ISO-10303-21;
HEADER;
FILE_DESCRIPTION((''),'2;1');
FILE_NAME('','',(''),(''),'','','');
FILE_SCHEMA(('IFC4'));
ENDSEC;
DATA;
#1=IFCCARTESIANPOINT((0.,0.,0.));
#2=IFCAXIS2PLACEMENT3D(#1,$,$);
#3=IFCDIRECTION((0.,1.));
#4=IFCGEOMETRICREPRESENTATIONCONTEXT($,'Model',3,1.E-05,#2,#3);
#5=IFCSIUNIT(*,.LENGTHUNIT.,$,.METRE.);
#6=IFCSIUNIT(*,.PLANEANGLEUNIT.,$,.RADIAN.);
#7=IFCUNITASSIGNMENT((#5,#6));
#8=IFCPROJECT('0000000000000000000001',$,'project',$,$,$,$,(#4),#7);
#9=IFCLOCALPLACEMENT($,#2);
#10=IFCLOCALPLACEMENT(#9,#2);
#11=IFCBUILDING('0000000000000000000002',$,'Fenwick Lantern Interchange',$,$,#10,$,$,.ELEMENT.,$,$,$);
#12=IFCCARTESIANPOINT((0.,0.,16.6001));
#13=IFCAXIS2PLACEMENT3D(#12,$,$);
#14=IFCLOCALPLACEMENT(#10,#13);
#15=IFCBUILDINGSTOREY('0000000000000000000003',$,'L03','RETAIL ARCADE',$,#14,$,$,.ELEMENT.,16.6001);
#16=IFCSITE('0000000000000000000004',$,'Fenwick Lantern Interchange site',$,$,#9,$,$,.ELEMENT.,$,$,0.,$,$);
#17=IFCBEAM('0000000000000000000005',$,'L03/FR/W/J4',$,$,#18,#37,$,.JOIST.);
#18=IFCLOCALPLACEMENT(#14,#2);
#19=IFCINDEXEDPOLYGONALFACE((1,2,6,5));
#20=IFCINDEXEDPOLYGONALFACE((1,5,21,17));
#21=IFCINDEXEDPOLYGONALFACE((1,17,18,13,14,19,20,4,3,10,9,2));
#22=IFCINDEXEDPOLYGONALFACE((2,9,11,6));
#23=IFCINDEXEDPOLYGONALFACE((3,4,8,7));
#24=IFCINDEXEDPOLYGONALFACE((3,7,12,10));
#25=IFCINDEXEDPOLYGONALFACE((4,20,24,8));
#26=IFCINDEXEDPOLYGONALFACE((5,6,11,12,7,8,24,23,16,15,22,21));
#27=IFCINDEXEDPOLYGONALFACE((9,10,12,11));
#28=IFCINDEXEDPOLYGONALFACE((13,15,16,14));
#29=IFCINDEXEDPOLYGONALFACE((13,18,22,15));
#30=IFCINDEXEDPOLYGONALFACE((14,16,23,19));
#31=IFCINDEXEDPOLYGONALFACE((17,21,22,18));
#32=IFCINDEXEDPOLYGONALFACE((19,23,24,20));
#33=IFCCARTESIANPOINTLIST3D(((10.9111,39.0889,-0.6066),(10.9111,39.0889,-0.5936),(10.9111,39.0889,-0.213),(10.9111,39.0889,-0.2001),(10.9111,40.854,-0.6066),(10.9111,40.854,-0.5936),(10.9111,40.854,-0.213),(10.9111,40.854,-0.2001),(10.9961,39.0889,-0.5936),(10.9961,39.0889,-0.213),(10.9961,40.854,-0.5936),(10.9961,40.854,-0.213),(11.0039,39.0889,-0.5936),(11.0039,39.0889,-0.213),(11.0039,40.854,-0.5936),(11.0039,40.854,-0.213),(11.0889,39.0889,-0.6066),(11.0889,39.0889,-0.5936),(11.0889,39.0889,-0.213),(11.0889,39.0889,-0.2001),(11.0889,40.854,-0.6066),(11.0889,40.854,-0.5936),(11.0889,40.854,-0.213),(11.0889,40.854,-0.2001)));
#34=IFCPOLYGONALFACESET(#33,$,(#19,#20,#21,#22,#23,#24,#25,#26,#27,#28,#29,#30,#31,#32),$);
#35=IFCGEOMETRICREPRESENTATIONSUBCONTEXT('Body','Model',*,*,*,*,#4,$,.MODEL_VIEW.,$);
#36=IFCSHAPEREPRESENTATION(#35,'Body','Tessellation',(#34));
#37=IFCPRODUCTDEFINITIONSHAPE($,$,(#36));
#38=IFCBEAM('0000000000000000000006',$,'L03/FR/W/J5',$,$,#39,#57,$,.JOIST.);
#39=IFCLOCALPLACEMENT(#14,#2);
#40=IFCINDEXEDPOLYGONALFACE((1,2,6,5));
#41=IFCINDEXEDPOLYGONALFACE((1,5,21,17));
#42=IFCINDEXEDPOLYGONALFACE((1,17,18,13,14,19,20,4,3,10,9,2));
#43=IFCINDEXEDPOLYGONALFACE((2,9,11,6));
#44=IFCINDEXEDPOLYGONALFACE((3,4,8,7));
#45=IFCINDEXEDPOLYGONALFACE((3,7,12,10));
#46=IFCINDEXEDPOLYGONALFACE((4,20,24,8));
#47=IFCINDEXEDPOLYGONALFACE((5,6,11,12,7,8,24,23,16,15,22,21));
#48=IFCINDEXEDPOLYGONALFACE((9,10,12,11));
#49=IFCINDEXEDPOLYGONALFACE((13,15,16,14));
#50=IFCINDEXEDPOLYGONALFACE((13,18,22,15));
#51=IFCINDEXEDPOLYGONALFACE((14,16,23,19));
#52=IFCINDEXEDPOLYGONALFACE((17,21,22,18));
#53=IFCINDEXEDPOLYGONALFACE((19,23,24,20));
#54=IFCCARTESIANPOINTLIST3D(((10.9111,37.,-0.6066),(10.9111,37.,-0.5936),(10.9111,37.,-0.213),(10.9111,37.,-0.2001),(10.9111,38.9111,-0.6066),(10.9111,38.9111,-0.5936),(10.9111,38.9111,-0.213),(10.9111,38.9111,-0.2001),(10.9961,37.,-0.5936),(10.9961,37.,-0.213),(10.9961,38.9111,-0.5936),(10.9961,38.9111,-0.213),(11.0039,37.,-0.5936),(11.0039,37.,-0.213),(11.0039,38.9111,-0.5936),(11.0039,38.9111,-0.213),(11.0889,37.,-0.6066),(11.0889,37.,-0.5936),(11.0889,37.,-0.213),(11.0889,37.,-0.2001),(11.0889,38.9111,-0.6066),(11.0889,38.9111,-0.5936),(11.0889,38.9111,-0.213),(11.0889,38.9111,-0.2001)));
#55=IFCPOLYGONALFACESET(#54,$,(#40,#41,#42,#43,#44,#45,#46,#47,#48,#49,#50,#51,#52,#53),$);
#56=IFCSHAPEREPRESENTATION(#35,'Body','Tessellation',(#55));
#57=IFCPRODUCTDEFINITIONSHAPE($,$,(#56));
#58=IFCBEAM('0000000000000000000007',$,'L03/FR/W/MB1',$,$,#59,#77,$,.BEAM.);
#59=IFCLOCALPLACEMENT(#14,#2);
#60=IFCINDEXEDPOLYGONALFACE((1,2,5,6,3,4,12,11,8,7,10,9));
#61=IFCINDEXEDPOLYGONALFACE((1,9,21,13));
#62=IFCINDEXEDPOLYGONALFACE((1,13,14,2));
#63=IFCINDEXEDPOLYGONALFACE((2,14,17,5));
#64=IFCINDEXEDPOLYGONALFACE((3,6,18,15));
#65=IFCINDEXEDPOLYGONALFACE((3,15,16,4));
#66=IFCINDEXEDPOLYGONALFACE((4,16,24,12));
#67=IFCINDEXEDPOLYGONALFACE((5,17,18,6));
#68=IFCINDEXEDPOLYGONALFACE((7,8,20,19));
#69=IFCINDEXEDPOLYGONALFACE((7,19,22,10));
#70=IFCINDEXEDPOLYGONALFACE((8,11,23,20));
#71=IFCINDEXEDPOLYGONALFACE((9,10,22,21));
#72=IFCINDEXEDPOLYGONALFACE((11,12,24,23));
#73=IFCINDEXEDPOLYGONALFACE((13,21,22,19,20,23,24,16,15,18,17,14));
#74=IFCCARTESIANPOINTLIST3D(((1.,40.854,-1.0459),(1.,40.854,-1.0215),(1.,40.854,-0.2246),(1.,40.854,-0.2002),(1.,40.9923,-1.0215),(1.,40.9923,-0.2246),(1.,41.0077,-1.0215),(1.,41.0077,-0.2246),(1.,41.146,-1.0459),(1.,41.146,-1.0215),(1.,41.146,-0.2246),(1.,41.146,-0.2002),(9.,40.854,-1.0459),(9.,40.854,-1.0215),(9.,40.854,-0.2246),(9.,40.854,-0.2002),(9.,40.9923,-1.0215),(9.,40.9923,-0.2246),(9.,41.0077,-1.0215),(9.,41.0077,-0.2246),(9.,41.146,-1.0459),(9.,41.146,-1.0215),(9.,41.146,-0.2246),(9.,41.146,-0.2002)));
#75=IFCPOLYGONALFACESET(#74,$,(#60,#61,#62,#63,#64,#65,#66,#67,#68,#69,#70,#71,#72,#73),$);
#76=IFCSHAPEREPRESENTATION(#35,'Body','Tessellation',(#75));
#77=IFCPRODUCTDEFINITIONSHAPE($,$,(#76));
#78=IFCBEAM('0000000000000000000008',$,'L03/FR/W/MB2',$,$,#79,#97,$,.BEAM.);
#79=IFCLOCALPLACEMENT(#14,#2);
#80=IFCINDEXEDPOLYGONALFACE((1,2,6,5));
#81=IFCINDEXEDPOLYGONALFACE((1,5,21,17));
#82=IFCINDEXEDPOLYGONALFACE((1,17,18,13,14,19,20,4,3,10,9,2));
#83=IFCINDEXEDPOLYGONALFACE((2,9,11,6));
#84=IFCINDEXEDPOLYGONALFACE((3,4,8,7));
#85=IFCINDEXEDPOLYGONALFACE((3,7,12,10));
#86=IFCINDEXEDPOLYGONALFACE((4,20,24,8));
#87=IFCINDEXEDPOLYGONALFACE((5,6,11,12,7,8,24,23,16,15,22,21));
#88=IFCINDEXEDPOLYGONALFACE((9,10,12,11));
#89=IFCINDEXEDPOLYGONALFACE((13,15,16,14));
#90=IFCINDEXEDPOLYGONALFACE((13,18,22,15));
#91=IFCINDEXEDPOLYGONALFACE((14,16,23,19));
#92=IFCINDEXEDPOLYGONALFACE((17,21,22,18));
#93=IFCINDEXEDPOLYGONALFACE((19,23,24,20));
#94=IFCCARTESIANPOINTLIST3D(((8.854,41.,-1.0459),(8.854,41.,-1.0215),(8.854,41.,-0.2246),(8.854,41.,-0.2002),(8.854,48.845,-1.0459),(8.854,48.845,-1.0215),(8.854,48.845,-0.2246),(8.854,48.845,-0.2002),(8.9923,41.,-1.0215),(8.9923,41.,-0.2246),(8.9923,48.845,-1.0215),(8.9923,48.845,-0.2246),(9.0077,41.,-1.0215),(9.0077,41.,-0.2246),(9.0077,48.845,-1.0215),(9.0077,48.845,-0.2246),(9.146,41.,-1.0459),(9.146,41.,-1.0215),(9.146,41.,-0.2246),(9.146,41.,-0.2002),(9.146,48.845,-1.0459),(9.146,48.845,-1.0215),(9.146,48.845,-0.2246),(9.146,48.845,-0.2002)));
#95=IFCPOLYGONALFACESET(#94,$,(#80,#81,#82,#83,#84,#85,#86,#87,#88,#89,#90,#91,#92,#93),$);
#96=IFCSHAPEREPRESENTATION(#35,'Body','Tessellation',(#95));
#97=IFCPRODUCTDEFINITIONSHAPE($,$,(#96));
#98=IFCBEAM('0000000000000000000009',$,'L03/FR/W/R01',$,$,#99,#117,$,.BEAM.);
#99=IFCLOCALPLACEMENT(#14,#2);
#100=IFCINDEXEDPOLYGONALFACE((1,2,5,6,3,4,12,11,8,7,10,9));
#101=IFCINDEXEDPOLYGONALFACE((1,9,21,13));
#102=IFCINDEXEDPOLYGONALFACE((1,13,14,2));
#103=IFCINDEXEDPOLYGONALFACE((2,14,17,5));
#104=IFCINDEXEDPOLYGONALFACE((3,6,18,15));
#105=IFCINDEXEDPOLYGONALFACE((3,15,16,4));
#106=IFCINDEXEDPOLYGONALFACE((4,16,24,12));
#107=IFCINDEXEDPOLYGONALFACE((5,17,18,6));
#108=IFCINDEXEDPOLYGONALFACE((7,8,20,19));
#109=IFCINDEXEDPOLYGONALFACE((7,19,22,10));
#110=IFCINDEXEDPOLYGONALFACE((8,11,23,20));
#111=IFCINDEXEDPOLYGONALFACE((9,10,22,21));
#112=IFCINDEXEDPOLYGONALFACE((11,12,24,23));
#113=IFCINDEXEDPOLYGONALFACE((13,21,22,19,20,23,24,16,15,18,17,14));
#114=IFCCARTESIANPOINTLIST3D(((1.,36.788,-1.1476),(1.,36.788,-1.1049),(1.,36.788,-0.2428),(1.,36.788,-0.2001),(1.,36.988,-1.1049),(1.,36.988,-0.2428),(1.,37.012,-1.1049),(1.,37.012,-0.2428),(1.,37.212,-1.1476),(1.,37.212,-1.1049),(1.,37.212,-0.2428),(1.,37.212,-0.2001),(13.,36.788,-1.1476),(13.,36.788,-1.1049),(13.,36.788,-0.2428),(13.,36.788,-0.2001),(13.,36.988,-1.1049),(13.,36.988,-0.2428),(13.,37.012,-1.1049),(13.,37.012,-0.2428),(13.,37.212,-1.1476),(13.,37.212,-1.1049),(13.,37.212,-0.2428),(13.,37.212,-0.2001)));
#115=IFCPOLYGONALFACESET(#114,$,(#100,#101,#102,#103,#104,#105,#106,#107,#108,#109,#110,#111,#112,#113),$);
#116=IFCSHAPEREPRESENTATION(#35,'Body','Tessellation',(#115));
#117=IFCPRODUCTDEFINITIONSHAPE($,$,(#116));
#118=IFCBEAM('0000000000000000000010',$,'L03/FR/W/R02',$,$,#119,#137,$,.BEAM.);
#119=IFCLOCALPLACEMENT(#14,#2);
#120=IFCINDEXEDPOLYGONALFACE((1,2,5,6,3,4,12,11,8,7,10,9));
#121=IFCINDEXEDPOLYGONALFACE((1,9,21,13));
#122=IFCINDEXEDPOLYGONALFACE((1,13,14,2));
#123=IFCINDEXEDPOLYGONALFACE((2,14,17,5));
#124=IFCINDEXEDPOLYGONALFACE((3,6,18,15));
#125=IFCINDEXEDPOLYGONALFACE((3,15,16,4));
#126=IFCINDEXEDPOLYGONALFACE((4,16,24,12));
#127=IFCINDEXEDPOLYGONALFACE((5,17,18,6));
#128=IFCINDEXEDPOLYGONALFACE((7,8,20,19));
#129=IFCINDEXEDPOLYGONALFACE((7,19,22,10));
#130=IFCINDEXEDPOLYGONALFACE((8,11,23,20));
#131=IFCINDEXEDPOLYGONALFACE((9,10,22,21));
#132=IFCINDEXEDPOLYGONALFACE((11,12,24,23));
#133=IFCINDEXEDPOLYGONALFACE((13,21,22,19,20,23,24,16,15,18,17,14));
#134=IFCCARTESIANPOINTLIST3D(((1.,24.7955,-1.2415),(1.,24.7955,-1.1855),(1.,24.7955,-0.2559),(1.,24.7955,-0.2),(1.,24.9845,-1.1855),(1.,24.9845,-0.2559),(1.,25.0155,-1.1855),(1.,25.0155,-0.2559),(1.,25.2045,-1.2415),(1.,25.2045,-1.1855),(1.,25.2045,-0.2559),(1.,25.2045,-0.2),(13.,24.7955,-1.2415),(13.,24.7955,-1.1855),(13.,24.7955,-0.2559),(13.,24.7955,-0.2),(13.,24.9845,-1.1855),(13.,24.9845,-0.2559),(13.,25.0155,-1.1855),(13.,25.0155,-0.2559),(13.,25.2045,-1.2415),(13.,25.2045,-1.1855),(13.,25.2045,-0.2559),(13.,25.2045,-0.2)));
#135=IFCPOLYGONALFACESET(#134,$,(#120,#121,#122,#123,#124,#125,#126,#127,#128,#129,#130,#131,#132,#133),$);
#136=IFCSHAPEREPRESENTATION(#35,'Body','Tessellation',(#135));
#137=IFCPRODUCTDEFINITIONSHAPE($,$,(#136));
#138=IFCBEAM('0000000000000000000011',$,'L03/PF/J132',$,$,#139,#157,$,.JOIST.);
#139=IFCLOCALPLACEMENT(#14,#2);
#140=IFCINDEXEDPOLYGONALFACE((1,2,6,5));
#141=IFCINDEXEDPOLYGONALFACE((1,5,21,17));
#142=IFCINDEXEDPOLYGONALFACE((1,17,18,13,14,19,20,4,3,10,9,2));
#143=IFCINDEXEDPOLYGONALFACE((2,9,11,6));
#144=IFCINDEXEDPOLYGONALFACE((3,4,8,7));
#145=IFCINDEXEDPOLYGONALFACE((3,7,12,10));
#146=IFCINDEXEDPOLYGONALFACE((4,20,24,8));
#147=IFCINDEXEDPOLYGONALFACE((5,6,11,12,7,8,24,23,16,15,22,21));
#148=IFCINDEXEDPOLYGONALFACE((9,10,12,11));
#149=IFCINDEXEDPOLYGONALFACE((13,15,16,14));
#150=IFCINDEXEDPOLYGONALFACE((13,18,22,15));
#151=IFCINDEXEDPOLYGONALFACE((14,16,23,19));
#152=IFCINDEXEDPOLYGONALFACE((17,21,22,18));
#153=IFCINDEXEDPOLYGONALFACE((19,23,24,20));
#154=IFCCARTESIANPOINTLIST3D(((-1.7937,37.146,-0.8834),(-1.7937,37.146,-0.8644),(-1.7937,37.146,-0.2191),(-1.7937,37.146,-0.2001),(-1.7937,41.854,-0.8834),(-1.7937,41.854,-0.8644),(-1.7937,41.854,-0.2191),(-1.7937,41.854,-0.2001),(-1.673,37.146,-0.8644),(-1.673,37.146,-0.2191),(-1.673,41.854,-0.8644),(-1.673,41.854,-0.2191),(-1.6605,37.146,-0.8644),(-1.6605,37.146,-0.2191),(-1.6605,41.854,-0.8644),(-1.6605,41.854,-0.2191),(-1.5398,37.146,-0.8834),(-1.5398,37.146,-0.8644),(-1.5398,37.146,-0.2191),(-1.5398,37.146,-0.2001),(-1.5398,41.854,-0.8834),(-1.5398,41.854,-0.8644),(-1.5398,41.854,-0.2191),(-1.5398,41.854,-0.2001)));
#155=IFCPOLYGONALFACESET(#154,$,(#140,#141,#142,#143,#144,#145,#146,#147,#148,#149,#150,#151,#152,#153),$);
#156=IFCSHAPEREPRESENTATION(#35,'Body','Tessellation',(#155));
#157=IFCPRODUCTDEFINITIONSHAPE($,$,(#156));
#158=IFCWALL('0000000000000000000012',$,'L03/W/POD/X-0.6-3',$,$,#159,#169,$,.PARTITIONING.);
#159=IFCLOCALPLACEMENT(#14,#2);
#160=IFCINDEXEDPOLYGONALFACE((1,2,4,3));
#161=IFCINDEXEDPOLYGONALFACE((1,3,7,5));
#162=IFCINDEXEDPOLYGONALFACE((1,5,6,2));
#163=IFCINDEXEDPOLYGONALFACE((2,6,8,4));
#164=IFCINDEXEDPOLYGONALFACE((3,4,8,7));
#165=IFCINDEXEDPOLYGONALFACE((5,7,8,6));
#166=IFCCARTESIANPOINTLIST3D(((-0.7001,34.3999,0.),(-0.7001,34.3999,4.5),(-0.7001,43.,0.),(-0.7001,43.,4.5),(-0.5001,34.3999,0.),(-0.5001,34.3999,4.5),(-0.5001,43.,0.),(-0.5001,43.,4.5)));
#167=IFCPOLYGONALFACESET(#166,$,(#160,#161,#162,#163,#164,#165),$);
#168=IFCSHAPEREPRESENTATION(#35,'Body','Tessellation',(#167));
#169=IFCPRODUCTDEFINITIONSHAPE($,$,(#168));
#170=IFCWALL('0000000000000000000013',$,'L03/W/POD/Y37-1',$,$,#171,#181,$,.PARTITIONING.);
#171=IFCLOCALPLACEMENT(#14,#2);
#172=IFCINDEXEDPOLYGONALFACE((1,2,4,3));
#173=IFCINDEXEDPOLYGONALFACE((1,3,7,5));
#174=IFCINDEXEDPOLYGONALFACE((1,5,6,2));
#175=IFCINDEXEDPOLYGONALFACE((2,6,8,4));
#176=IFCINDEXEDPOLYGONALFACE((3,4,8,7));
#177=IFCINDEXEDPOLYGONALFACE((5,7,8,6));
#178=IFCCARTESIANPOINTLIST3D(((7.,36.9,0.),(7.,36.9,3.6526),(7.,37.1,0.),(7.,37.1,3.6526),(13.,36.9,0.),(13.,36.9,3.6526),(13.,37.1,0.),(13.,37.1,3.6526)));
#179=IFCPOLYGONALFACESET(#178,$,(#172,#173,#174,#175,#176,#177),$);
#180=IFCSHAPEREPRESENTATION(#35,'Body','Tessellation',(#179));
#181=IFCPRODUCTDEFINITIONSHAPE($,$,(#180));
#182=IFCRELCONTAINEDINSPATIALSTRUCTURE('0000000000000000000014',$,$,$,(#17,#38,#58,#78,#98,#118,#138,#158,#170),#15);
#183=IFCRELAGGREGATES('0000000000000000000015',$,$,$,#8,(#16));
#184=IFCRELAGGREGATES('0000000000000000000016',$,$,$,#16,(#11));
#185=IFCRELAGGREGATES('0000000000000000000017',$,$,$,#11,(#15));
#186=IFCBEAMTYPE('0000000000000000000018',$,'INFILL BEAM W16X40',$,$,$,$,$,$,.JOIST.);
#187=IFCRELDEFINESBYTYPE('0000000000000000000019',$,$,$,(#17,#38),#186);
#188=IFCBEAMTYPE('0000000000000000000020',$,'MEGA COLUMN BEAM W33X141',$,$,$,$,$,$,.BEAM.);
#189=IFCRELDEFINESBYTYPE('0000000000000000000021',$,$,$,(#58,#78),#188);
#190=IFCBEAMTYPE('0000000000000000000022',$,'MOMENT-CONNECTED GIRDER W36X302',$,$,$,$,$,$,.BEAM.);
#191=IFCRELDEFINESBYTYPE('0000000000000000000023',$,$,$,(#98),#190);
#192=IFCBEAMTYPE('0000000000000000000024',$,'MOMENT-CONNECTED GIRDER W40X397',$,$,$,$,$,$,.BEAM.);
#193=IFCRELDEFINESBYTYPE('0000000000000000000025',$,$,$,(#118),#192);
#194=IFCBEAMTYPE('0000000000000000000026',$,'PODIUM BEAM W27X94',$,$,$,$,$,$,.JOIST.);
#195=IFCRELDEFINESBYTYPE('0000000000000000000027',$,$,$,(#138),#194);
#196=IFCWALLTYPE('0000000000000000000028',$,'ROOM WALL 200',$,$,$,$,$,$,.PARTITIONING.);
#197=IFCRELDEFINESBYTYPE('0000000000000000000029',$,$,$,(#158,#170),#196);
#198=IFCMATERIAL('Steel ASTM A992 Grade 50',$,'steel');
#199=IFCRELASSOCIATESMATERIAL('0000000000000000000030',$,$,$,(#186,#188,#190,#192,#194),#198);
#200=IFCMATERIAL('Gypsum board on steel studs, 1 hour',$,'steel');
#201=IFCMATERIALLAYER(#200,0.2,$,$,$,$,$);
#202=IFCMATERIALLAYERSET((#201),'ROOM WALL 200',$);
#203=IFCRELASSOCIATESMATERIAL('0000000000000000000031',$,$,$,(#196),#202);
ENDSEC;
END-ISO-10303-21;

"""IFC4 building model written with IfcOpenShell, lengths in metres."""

from ifc_helpers import new_model, si_unit, direction, frame, frame_2d, origin, origin_2d, place, context, subcontext, project, spatial, rectangle, i_section, extrude, material, layer, layer_set, material_profile, profile_set, type_object, element, save


model = new_model("IFC4")

# Units and contexts
model_context = context("Model", 3, precision=1e-05, world=origin(), true_north=direction((0.0, 1.0)))
body_context = subcontext(model_context, "Body", "Model", "MODEL_VIEW")
ifc_project = project(units=[si_unit("LENGTHUNIT", "METRE"), si_unit("PLANEANGLEUNIT", "RADIAN")], contexts=[model_context])

# Site, building, storey
site_placement = place(None, origin())
site = spatial("IfcSite", under=ifc_project, at=site_placement, Name="Fenwick Lantern Interchange site", CompositionType="ELEMENT", RefElevation=0.0)
building_placement = place(site_placement, origin())
building = spatial("IfcBuilding", under=site, at=building_placement, Name="Fenwick Lantern Interchange", CompositionType="ELEMENT")
storey_placement = place(building_placement, frame((0.0, 0.0, 16.6001)))
storey = spatial("IfcBuildingStorey", under=building, at=storey_placement, Name="L03", Description="RETAIL ARCADE", CompositionType="ELEMENT", Elevation=16.6001)

# Beams
ifc_material_1 = material(Name="Steel ASTM A992 Grade 50", Category="steel")
ifc_material_profile_1 = material_profile(ifc_material_1, i_section(OverallWidth=0.1777, OverallDepth=0.4065, WebThickness=0.0078, FlangeThickness=0.0129, at=origin_2d()), Name="W16X40")
ifc_profile_set_1 = profile_set([ifc_material_profile_1], Name="Steel ASTM A992 Grade 50")
beam_type_1 = type_object("IfcBeamType", Name="INFILL BEAM W16X40", PredefinedType="JOIST", material=ifc_profile_set_1)
beam_1_placement = place(storey_placement, frame((11.0, 40.854, -0.4033), z_axis=(0.0, -1.0, 0.0), x_axis=(1.0, 0.0, 0.0)))
element("IfcBeam", 1, at=beam_1_placement, inside=storey, type_object=beam_type_1, Name="L03/FR/W/J4", PredefinedType="JOIST", context=body_context, shape_type="SweptSolid", body=[
    extrude(i_section(OverallWidth=0.1777, OverallDepth=0.4065, WebThickness=0.0078, FlangeThickness=0.0129, at=origin_2d()), origin(), (0.0, 0.0, 1.0), 1.7651),
])
beam_2_placement = place(storey_placement, frame((11.0, 38.9111, -0.4033), z_axis=(0.0, -1.0, 0.0), x_axis=(1.0, 0.0, 0.0)))
element("IfcBeam", 2, at=beam_2_placement, inside=storey, type_object=beam_type_1, Name="L03/FR/W/J5", PredefinedType="JOIST", context=body_context, shape_type="SweptSolid", body=[
    extrude(i_section(OverallWidth=0.1777, OverallDepth=0.4065, WebThickness=0.0078, FlangeThickness=0.0129, at=origin_2d()), origin(), (0.0, 0.0, 1.0), 1.9111),
])
ifc_material_profile_2 = material_profile(ifc_material_1, i_section(OverallWidth=0.292, OverallDepth=0.8457, WebThickness=0.0154, FlangeThickness=0.0244, at=origin_2d()), Name="W33X141")
ifc_profile_set_2 = profile_set([ifc_material_profile_2], Name="Steel ASTM A992 Grade 50")
beam_type_2 = type_object("IfcBeamType", Name="MEGA COLUMN BEAM W33X141", PredefinedType="BEAM", material=ifc_profile_set_2)
beam_3_placement = place(storey_placement, frame((9.0, 41.0, -0.623), z_axis=(-1.0, 0.0, 0.0), x_axis=(0.0, -1.0, 0.0)))
element("IfcBeam", 3, at=beam_3_placement, inside=storey, type_object=beam_type_2, Name="L03/FR/W/MB1", PredefinedType="BEAM", context=body_context, shape_type="SweptSolid", body=[
    extrude(i_section(OverallWidth=0.292, OverallDepth=0.8457, WebThickness=0.0154, FlangeThickness=0.0244, at=origin_2d()), origin(), (0.0, 0.0, 1.0), 8.0),
])
beam_4_placement = place(storey_placement, frame((9.0, 41.0, -0.623), z_axis=(0.0, 1.0, 0.0), x_axis=(-1.0, 0.0, 0.0)))
element("IfcBeam", 4, at=beam_4_placement, inside=storey, type_object=beam_type_2, Name="L03/FR/W/MB2", PredefinedType="BEAM", context=body_context, shape_type="SweptSolid", body=[
    extrude(i_section(OverallWidth=0.292, OverallDepth=0.8457, WebThickness=0.0154, FlangeThickness=0.0244, at=origin_2d()), origin(), (0.0, 0.0, 1.0), 7.845),
])
ifc_material_profile_3 = material_profile(ifc_material_1, i_section(OverallWidth=0.4241, OverallDepth=0.9475, WebThickness=0.0239, FlangeThickness=0.0427, at=origin_2d()), Name="W36X302")
ifc_profile_set_3 = profile_set([ifc_material_profile_3], Name="Steel ASTM A992 Grade 50")
beam_type_3 = type_object("IfcBeamType", Name="MOMENT-CONNECTED GIRDER W36X302", PredefinedType="BEAM", material=ifc_profile_set_3)
beam_5_placement = place(storey_placement, frame((1.0, 37.0, -0.6738), z_axis=(1.0, 0.0, 0.0), x_axis=(0.0, 1.0, 0.0)))
element("IfcBeam", 5, at=beam_5_placement, inside=storey, type_object=beam_type_3, Name="L03/FR/W/R01", PredefinedType="BEAM", context=body_context, shape_type="SweptSolid", body=[
    extrude(i_section(OverallWidth=0.4241, OverallDepth=0.9475, WebThickness=0.0239, FlangeThickness=0.0427, at=origin_2d()), origin(), (0.0, 0.0, 1.0), 12.0),
])
ifc_material_profile_4 = material_profile(ifc_material_1, i_section(OverallWidth=0.4089, OverallDepth=1.0415, WebThickness=0.031, FlangeThickness=0.0559, at=origin_2d()), Name="W40X397")
ifc_profile_set_4 = profile_set([ifc_material_profile_4], Name="Steel ASTM A992 Grade 50")
beam_type_4 = type_object("IfcBeamType", Name="MOMENT-CONNECTED GIRDER W40X397", PredefinedType="BEAM", material=ifc_profile_set_4)
beam_6_placement = place(storey_placement, frame((1.0, 25.0, -0.7207), z_axis=(1.0, 0.0, 0.0), x_axis=(0.0, 1.0, 0.0)))
element("IfcBeam", 6, at=beam_6_placement, inside=storey, type_object=beam_type_4, Name="L03/FR/W/R02", PredefinedType="BEAM", context=body_context, shape_type="SweptSolid", body=[
    extrude(i_section(OverallWidth=0.4089, OverallDepth=1.0415, WebThickness=0.031, FlangeThickness=0.0559, at=origin_2d()), origin(), (0.0, 0.0, 1.0), 12.0),
])
ifc_material_profile_5 = material_profile(ifc_material_1, i_section(OverallWidth=0.2539, OverallDepth=0.6833, WebThickness=0.0125, FlangeThickness=0.019, at=origin_2d()), Name="W27X94")
ifc_profile_set_5 = profile_set([ifc_material_profile_5], Name="Steel ASTM A992 Grade 50")
beam_type_5 = type_object("IfcBeamType", Name="PODIUM BEAM W27X94", PredefinedType="JOIST", material=ifc_profile_set_5)
beam_7_placement = place(storey_placement, frame((-1.6667, 37.146, -0.5417), z_axis=(0.0, 1.0, 0.0), x_axis=(-1.0, 0.0, 0.0)))
element("IfcBeam", 7, at=beam_7_placement, inside=storey, type_object=beam_type_5, Name="L03/PF/J132", PredefinedType="JOIST", context=body_context, shape_type="SweptSolid", body=[
    extrude(i_section(OverallWidth=0.2539, OverallDepth=0.6833, WebThickness=0.0125, FlangeThickness=0.019, at=origin_2d()), origin(), (0.0, 0.0, 1.0), 4.708),
])

# Walls
ifc_material_2 = material(Name="Gypsum board on steel studs, 1 hour", Category="steel")
ifc_layer = layer(ifc_material_2, 0.2)
ifc_layer_set = layer_set([ifc_layer], Name="ROOM WALL 200")
wall_type = type_object("IfcWallType", Name="ROOM WALL 200", PredefinedType="PARTITIONING", material=ifc_layer_set)
wall_1_placement = place(storey_placement, frame((-0.6001, 34.3999, 0.0), z_axis=(0.0, 0.0, 1.0), x_axis=(0.0, 1.0, 0.0)))
element("IfcWall", 8, at=wall_1_placement, inside=storey, type_object=wall_type, Name="L03/W/POD/X-0.6-3", PredefinedType="PARTITIONING", context=body_context, shape_type="SweptSolid", body=[
    extrude(rectangle(XDim=8.6001, YDim=0.2, at=frame_2d((4.3, 0.0))), origin(), (0.0, 0.0, 1.0), 4.5),
])
wall_2_placement = place(storey_placement, frame((7.0, 37.0, 0.0), z_axis=(0.0, 0.0, 1.0), x_axis=(1.0, 0.0, 0.0)))
element("IfcWall", 9, at=wall_2_placement, inside=storey, type_object=wall_type, Name="L03/W/POD/Y37-1", PredefinedType="PARTITIONING", context=body_context, shape_type="SweptSolid", body=[
    extrude(rectangle(XDim=6.0, YDim=0.2, at=frame_2d((3.0, 0.0))), origin(), (0.0, 0.0, 1.0), 3.6526),
])

save(model, "model.ifc")
